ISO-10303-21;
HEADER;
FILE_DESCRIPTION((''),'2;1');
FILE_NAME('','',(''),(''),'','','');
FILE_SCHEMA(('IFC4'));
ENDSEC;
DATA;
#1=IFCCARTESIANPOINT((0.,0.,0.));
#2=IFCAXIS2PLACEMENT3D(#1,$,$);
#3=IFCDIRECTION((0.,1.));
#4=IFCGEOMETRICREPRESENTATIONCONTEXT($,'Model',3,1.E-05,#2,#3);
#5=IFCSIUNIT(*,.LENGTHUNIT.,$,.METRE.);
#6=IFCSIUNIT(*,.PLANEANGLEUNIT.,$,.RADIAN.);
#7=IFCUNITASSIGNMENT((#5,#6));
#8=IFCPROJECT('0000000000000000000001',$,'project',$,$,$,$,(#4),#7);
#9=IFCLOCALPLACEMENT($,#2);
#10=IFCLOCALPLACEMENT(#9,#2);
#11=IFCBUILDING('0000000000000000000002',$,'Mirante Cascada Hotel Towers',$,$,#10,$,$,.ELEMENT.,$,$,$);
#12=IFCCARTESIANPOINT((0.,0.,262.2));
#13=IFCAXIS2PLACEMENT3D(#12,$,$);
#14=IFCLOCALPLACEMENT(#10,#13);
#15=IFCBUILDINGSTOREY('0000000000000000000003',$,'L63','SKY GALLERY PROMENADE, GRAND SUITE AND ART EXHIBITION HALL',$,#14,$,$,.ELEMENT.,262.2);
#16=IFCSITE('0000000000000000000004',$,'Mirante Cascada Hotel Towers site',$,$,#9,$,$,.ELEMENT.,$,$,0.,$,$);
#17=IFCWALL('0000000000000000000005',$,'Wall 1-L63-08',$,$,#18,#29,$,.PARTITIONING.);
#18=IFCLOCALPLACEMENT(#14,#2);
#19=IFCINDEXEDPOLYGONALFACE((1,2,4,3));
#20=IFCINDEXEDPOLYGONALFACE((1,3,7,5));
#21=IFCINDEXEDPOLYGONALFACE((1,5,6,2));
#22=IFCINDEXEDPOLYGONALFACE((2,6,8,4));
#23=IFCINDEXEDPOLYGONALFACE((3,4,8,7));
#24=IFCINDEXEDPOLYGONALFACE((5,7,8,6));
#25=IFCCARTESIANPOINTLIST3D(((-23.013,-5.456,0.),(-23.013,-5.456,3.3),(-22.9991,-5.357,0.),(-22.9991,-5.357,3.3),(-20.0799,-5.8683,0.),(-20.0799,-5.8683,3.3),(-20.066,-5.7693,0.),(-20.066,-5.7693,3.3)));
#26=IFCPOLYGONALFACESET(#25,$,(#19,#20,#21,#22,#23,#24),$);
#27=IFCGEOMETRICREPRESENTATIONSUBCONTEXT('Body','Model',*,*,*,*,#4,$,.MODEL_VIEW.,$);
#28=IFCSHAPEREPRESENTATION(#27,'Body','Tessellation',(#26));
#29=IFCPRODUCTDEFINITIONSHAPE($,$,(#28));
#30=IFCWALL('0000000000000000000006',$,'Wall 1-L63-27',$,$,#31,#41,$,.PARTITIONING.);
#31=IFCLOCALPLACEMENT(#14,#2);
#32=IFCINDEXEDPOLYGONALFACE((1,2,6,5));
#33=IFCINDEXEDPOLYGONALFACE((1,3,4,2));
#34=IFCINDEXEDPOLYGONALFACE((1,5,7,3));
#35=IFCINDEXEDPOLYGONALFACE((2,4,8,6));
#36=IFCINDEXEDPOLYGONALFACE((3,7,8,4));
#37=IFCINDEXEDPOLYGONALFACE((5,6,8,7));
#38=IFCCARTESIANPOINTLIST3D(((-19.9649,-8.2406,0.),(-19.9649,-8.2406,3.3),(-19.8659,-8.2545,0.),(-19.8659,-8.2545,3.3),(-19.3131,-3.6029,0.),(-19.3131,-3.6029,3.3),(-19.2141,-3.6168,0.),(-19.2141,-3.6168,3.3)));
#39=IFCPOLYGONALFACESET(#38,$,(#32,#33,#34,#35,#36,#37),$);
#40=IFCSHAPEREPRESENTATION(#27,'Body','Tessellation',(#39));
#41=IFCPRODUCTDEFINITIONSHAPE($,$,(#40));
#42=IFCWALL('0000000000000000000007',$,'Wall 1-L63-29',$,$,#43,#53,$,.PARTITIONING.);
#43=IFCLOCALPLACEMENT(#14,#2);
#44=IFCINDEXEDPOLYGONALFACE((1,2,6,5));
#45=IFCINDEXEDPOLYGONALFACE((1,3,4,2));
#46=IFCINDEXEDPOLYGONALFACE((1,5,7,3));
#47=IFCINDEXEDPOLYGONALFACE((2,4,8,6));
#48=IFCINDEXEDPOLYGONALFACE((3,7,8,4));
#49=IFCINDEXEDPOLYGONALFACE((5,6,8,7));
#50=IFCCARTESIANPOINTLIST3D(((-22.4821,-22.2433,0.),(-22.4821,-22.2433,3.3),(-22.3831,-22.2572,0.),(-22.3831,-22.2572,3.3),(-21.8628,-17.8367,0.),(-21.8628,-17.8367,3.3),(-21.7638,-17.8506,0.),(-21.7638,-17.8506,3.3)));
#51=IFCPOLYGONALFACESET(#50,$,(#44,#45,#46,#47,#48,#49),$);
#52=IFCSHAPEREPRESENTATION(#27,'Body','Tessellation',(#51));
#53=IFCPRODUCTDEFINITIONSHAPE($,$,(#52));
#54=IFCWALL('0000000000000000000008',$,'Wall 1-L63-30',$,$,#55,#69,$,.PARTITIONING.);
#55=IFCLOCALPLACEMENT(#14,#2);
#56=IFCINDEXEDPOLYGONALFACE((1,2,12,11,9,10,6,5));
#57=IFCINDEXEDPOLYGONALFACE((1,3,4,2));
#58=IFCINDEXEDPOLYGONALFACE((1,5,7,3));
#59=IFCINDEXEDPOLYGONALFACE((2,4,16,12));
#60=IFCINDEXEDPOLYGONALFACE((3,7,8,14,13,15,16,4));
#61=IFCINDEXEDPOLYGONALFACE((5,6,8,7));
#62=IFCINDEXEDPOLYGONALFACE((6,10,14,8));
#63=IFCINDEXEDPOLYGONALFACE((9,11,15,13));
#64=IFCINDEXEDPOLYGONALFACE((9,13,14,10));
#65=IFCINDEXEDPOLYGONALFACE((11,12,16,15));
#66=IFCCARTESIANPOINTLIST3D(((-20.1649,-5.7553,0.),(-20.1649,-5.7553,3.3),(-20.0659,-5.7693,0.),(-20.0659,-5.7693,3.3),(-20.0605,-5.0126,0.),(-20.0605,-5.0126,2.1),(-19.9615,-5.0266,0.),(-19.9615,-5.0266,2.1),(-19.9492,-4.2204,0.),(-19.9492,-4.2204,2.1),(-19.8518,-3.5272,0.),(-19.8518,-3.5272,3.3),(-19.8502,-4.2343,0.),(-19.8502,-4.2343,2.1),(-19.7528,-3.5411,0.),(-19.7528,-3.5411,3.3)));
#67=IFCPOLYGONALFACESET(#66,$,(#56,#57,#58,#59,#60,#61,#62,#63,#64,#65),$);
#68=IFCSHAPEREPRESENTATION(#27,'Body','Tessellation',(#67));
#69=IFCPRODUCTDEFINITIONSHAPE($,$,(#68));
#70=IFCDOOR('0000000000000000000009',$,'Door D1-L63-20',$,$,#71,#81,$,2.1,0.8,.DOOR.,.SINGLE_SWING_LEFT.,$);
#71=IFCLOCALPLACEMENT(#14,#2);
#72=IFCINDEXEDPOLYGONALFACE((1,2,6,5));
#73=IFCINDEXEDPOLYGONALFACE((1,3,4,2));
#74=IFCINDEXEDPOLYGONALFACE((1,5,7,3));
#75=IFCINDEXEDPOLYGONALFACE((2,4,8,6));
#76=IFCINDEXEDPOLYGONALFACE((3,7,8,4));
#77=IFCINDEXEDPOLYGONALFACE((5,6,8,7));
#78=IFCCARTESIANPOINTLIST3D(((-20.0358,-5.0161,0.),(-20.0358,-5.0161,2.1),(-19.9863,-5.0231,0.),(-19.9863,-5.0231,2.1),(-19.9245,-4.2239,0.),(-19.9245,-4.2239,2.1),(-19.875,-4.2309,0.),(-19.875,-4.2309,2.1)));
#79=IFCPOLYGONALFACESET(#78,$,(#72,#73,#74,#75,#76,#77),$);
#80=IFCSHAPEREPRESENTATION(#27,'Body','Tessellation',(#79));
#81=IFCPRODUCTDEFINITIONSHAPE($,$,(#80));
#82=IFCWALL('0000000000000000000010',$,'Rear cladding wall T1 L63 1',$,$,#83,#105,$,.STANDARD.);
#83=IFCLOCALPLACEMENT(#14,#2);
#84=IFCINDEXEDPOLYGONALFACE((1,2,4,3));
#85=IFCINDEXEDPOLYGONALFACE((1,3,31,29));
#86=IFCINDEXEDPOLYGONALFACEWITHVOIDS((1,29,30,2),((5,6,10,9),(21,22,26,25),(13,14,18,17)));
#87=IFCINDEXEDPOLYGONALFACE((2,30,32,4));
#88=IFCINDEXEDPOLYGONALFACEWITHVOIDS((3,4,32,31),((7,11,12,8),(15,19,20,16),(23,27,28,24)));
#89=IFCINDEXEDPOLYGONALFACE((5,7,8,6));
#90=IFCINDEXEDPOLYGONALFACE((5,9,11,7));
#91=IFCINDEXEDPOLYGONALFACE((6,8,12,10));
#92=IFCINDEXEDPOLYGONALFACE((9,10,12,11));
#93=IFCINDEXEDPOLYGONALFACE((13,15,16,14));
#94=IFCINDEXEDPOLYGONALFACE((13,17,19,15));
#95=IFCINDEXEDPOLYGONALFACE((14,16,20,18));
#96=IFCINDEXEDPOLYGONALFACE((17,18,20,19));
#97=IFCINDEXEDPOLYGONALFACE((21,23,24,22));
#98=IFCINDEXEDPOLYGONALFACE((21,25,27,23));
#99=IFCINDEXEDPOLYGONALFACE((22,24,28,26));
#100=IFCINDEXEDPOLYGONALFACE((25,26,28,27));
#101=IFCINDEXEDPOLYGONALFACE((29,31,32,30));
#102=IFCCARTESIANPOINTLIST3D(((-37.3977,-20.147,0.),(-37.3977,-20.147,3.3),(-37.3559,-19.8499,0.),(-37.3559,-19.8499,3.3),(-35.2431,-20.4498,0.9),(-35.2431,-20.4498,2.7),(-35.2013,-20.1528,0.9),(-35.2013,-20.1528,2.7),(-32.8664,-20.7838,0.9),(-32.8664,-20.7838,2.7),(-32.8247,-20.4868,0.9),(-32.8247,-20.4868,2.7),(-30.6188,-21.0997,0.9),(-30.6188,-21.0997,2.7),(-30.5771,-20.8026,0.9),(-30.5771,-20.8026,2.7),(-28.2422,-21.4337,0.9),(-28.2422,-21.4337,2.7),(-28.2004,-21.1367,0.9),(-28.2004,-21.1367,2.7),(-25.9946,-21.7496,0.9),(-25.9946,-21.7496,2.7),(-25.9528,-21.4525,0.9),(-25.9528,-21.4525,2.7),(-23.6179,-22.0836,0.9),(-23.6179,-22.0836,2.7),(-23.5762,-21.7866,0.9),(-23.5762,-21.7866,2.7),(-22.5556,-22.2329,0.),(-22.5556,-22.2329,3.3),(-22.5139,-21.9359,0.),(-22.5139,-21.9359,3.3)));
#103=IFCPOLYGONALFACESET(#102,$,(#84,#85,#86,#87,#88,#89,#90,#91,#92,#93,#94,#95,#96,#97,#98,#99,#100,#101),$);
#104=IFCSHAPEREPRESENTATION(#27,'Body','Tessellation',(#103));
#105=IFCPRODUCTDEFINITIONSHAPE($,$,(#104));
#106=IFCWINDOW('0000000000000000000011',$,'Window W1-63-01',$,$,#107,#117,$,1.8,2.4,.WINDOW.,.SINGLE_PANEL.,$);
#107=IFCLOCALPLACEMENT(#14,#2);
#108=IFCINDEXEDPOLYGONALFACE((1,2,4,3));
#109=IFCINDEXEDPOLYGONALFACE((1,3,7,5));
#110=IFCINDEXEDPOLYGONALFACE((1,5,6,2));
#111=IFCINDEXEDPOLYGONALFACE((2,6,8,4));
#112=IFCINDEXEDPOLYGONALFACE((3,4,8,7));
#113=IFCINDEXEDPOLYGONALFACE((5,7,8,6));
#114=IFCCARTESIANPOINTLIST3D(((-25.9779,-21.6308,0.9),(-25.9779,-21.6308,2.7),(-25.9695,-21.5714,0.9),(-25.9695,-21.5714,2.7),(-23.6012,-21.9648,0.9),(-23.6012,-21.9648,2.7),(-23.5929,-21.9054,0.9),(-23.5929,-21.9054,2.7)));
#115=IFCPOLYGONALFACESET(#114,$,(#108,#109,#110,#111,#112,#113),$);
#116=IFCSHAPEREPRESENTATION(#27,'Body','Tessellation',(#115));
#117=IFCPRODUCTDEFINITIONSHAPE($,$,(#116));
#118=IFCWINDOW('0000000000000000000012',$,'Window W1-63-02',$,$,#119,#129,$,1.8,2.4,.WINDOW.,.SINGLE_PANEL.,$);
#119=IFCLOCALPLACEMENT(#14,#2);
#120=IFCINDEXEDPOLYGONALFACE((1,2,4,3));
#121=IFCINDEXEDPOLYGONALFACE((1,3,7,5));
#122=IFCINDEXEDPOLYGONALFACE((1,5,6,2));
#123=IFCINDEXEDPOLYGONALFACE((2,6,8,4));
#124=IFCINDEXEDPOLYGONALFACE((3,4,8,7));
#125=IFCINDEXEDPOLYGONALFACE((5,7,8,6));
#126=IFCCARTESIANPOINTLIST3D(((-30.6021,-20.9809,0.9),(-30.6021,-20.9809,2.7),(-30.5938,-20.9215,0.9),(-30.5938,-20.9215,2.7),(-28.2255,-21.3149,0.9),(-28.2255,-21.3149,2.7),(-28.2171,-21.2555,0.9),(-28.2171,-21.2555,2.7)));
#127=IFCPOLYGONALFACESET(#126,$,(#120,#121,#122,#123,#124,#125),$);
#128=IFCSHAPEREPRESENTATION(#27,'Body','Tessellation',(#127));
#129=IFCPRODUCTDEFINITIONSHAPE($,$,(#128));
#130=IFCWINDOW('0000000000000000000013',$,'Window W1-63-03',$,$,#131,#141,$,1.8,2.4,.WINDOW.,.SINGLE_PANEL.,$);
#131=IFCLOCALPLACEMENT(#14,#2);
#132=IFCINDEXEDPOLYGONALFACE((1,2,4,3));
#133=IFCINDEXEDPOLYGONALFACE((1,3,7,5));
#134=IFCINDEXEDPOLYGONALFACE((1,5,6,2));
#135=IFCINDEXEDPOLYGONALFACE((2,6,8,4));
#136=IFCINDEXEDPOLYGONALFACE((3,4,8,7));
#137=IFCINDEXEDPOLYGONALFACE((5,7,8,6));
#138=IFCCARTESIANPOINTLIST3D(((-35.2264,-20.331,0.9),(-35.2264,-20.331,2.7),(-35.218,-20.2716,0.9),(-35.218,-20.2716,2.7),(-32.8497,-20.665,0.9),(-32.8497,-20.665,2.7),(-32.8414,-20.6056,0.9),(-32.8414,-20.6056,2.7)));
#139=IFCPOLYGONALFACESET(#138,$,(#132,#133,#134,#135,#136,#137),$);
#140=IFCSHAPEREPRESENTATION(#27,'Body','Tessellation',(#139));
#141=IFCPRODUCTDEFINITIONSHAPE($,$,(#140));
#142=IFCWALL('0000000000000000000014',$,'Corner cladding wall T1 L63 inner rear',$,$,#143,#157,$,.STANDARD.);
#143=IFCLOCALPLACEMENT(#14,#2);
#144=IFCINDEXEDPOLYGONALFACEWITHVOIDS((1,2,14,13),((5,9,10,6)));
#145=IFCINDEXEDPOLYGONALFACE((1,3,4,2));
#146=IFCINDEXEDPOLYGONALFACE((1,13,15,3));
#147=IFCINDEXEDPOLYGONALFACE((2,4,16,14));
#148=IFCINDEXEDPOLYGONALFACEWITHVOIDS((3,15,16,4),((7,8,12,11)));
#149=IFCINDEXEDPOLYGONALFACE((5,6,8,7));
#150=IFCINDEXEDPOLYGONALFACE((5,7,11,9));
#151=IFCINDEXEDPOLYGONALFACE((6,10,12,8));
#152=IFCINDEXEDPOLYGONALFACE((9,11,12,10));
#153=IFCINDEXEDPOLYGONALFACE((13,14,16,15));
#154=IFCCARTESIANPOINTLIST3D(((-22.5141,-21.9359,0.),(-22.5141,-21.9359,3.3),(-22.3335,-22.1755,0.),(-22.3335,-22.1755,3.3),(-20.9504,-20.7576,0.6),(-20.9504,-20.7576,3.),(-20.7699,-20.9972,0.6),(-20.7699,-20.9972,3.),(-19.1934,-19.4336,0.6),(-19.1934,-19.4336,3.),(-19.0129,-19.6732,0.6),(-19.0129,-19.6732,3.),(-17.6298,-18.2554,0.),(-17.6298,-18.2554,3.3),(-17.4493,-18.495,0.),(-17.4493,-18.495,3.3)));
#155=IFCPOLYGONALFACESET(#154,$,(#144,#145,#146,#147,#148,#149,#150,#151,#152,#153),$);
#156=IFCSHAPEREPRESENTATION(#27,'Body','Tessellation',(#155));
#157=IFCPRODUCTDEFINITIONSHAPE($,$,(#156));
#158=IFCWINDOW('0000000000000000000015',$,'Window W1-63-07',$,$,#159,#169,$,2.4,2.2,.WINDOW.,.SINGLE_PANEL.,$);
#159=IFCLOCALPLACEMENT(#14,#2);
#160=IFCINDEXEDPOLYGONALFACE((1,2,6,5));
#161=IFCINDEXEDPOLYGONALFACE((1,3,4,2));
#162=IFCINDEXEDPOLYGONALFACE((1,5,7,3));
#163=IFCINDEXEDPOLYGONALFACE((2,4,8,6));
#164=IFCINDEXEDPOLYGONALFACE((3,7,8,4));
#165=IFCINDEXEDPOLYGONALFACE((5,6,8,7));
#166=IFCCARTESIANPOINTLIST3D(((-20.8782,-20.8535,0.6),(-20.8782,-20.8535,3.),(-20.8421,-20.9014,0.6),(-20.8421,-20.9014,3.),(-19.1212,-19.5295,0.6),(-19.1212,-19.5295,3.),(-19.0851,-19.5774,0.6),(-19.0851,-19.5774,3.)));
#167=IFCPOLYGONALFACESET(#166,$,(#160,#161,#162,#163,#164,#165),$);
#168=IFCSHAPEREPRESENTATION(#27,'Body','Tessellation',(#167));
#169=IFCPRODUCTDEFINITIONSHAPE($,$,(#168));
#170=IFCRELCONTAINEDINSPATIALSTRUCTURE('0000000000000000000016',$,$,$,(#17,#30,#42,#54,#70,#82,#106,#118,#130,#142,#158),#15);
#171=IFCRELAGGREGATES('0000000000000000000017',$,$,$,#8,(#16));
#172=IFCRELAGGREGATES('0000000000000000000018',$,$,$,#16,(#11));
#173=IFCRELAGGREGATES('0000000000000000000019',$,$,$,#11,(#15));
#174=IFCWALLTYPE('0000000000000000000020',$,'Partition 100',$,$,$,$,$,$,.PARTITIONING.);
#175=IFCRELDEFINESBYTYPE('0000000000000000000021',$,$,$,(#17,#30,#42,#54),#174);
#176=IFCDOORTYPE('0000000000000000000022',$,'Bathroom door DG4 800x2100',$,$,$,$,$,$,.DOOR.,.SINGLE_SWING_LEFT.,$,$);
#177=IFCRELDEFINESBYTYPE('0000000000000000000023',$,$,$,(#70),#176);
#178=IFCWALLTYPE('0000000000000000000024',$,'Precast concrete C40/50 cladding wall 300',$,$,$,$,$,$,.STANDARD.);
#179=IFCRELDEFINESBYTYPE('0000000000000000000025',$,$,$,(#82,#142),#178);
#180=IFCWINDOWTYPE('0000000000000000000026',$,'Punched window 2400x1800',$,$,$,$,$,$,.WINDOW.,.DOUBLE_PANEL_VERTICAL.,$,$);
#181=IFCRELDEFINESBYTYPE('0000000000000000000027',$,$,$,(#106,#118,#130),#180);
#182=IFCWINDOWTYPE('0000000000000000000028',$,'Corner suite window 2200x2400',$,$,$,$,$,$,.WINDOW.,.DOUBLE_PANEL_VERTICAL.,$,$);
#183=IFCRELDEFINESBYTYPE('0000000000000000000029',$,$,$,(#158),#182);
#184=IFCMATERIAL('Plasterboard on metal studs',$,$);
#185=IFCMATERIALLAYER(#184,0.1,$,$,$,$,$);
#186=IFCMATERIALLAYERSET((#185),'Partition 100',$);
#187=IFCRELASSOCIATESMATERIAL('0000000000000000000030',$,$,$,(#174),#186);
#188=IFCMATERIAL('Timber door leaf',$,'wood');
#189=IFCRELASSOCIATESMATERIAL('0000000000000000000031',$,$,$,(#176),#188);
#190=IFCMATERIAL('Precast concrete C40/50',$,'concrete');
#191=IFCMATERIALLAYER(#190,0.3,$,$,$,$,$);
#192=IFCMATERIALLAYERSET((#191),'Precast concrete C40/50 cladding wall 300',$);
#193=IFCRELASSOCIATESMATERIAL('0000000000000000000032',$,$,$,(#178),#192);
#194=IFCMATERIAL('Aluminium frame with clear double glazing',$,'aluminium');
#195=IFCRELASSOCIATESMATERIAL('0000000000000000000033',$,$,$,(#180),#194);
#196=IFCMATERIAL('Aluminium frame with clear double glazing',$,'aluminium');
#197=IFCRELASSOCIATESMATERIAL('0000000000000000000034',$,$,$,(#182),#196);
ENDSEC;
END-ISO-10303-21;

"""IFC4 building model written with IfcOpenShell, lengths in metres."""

from ifc_helpers import new_model, si_unit, direction, frame, frame_2d, origin, place, context, subcontext, project, spatial, rectangle, extrude, material, layer, layer_set, type_object, element, fill, save


model = new_model("IFC4")

# Units and contexts
model_context = context("Model", 3, precision=1e-05, world=origin(), true_north=direction((0.0, 1.0)))
body_context = subcontext(model_context, "Body", "Model", "MODEL_VIEW")
ifc_project = project(units=[si_unit("LENGTHUNIT", "METRE"), si_unit("PLANEANGLEUNIT", "RADIAN")], contexts=[model_context])

# Site, building, storey
site_placement = place(None, origin())
site = spatial("IfcSite", under=ifc_project, at=site_placement, Name="Mirante Cascada Hotel Towers site", CompositionType="ELEMENT", RefElevation=0.0)
building_placement = place(site_placement, origin())
building = spatial("IfcBuilding", under=site, at=building_placement, Name="Mirante Cascada Hotel Towers", CompositionType="ELEMENT")
storey_placement = place(building_placement, frame((0.0, 0.0, 262.2)))
storey = spatial("IfcBuildingStorey", under=building, at=storey_placement, Name="L63", Description="SKY GALLERY PROMENADE, GRAND SUITE AND ART EXHIBITION HALL", CompositionType="ELEMENT", Elevation=262.2)

# Shared definitions
ifc_material_1 = material(Name="Plasterboard on metal studs")
ifc_layer_1 = layer(ifc_material_1, 0.1)
ifc_layer_set_1 = layer_set([ifc_layer_1], Name="Partition 100")
wall_type_1 = type_object("IfcWallType", Name="Partition 100", PredefinedType="PARTITIONING", material=ifc_layer_set_1)

# Walls
wall_1_placement = place(storey_placement, frame((-20.0729, -5.8188, 0.0), z_axis=(0.0, 0.0, 1.0), x_axis=(-0.990264, 0.1392, 0.0)))
element("IfcWall", 1, at=wall_1_placement, inside=storey, type_object=wall_type_1, Name="Wall 1-L63-08", PredefinedType="PARTITIONING", context=body_context, shape_type="SweptSolid", body=[
    extrude(rectangle(XDim=2.9619, YDim=0.1, at=frame_2d((1.481, 0.0))), origin(), (0.0, 0.0, 1.0), 3.3),
])
wall_2_placement = place(storey_placement, frame((-19.2636, -3.6099, 0.0), z_axis=(0.0, 0.0, 1.0), x_axis=(-0.139176, -0.990268, 0.0)))
element("IfcWall", 2, at=wall_2_placement, inside=storey, type_object=wall_type_1, Name="Wall 1-L63-27", PredefinedType="PARTITIONING", context=body_context, shape_type="SweptSolid", body=[
    extrude(rectangle(XDim=4.6833, YDim=0.1, at=frame_2d((2.3416, 0.0))), origin(), (0.0, 0.0, 1.0), 3.3),
])
wall_3_placement = place(storey_placement, frame((-21.8133, -17.8436, 0.0), z_axis=(0.0, 0.0, 1.0), x_axis=(-0.139172, -0.990268, 0.0)))
element("IfcWall", 3, at=wall_3_placement, inside=storey, type_object=wall_type_1, Name="Wall 1-L63-29", PredefinedType="PARTITIONING", context=body_context, shape_type="SweptSolid", body=[
    extrude(rectangle(XDim=4.4499, YDim=0.1, at=frame_2d((2.225, 0.0))), origin(), (0.0, 0.0, 1.0), 3.3),
])

# Wall, opening, door
wall_4_placement = place(storey_placement, frame((-20.1154, -5.7623, 0.0), z_axis=(0.0, 0.0, 1.0), x_axis=(0.139156, 0.990271, 0.0)))
wall_4 = element("IfcWall", 4, at=wall_4_placement, inside=storey, type_object=wall_type_1, Name="Wall 1-L63-30", PredefinedType="PARTITIONING", context=body_context, shape_type="SweptSolid", body=[
    extrude(rectangle(XDim=2.25, YDim=0.1, at=frame_2d((1.125, 0.0))), origin(), (0.0, 0.0, 1.0), 3.3),
])
opening_1_placement = place(wall_4_placement, frame((0.75, 0.0, 0.0)))
opening_1 = element("IfcOpeningElement", 5, at=opening_1_placement, cuts=wall_4, PredefinedType="OPENING", context=body_context, shape_type="SweptSolid", body=[
    extrude(rectangle(XDim=0.8, YDim=2.1, at=frame_2d((0.4, 1.05))), frame((0.0, 0.05, 0.0), z_axis=(0.0, -1.0, 0.0), x_axis=(1.0, 0.0, 0.0)), (0.0, 0.0, 1.0), 0.1),
])
ifc_material_2 = material(Name="Timber door leaf", Category="wood")
door_type_1 = type_object("IfcDoorType", Name="Bathroom door DG4 800x2100", OperationType="SINGLE_SWING_LEFT", PredefinedType="DOOR", material=ifc_material_2)
door_1_placement = place(opening_1_placement, origin())
door_1 = element("IfcDoor", 6, at=door_1_placement, inside=storey, type_object=door_type_1, Name="Door D1-L63-20", OperationType="SINGLE_SWING_LEFT", OverallHeight=2.1, OverallWidth=0.8, PredefinedType="DOOR", context=body_context, shape_type="SweptSolid", body=[
    extrude(rectangle(XDim=0.8, YDim=2.1, at=frame_2d((0.4, 1.05))), frame((0.0, 0.025, 0.0), z_axis=(0.0, -1.0, 0.0), x_axis=(1.0, 0.0, 0.0)), (0.0, 0.0, 1.0), 0.05),
])
fill(opening_1, door_1)

# Wall, openings, windows
ifc_material_3 = material(Name="Precast concrete C40/50", Category="concrete")
ifc_layer_2 = layer(ifc_material_3, 0.3)
ifc_layer_set_2 = layer_set([ifc_layer_2], Name="Precast concrete C40/50 cladding wall 300")
wall_type_2 = type_object("IfcWallType", Name="Precast concrete C40/50 cladding wall 300", PredefinedType="STANDARD", material=ifc_layer_set_2)
wall_5_placement = place(storey_placement, frame((-22.5347, -22.0844, 0.0), z_axis=(0.0, 0.0, 1.0), x_axis=(-0.990268, 0.139173, 0.0)))
wall_5 = element("IfcWall", 7, at=wall_5_placement, inside=storey, type_object=wall_type_2, Name="Rear cladding wall T1 L63 1", PredefinedType="STANDARD", context=body_context, shape_type="SweptSolid", body=[
    extrude(rectangle(XDim=14.9879, YDim=0.3, at=frame_2d((7.494, 0.0))), origin(), (0.0, 0.0, 1.0), 3.3),
])
opening_2_placement = place(wall_5_placement, frame((1.0728, 0.0, 0.9)))
opening_2 = element("IfcOpeningElement", 8, at=opening_2_placement, cuts=wall_5, PredefinedType="OPENING", context=body_context, shape_type="SweptSolid", body=[
    extrude(rectangle(XDim=2.4, YDim=1.8, at=frame_2d((1.2, 0.9))), frame((0.0, 0.15, 0.0), z_axis=(0.0, -1.0, 0.0), x_axis=(1.0, 0.0, 0.0)), (0.0, 0.0, 1.0), 0.3),
])
opening_3_placement = place(wall_5_placement, frame((5.7425, 0.0, 0.9)))
opening_3 = element("IfcOpeningElement", 9, at=opening_3_placement, cuts=wall_5, PredefinedType="OPENING", context=body_context, shape_type="SweptSolid", body=[
    extrude(rectangle(XDim=2.4, YDim=1.8, at=frame_2d((1.2, 0.9))), frame((0.0, 0.15, 0.0), z_axis=(0.0, -1.0, 0.0), x_axis=(1.0, 0.0, 0.0)), (0.0, 0.0, 1.0), 0.3),
])
opening_4_placement = place(wall_5_placement, frame((10.4122, 0.0, 0.9)))
opening_4 = element("IfcOpeningElement", 10, at=opening_4_placement, cuts=wall_5, PredefinedType="OPENING", context=body_context, shape_type="SweptSolid", body=[
    extrude(rectangle(XDim=2.4, YDim=1.8, at=frame_2d((1.2, 0.9))), frame((0.0, 0.15, 0.0), z_axis=(0.0, -1.0, 0.0), x_axis=(1.0, 0.0, 0.0)), (0.0, 0.0, 1.0), 0.3),
])
ifc_material_4 = material(Name="Aluminium frame with clear double glazing", Category="aluminium")
window_type_1 = type_object("IfcWindowType", Name="Punched window 2400x1800", PartitioningType="DOUBLE_PANEL_VERTICAL", PredefinedType="WINDOW", material=ifc_material_4)
window_1_placement = place(opening_2_placement, origin())
window_1 = element("IfcWindow", 11, at=window_1_placement, inside=storey, type_object=window_type_1, Name="Window W1-63-01", OverallHeight=1.8, OverallWidth=2.4, PartitioningType="SINGLE_PANEL", PredefinedType="WINDOW", context=body_context, shape_type="SweptSolid", body=[
    extrude(rectangle(XDim=2.4, YDim=1.8, at=frame_2d((1.2, 0.9))), frame((0.0, 0.03, 0.0), z_axis=(0.0, -1.0, 0.0), x_axis=(1.0, 0.0, 0.0)), (0.0, 0.0, 1.0), 0.06),
])
fill(opening_2, window_1)
window_2_placement = place(opening_3_placement, origin())
window_2 = element("IfcWindow", 12, at=window_2_placement, inside=storey, type_object=window_type_1, Name="Window W1-63-02", OverallHeight=1.8, OverallWidth=2.4, PartitioningType="SINGLE_PANEL", PredefinedType="WINDOW", context=body_context, shape_type="SweptSolid", body=[
    extrude(rectangle(XDim=2.4, YDim=1.8, at=frame_2d((1.2, 0.9))), frame((0.0, 0.03, 0.0), z_axis=(0.0, -1.0, 0.0), x_axis=(1.0, 0.0, 0.0)), (0.0, 0.0, 1.0), 0.06),
])
fill(opening_3, window_2)
window_3_placement = place(opening_4_placement, origin())
window_3 = element("IfcWindow", 13, at=window_3_placement, inside=storey, type_object=window_type_1, Name="Window W1-63-03", OverallHeight=1.8, OverallWidth=2.4, PartitioningType="SINGLE_PANEL", PredefinedType="WINDOW", context=body_context, shape_type="SweptSolid", body=[
    extrude(rectangle(XDim=2.4, YDim=1.8, at=frame_2d((1.2, 0.9))), frame((0.0, 0.03, 0.0), z_axis=(0.0, -1.0, 0.0), x_axis=(1.0, 0.0, 0.0)), (0.0, 0.0, 1.0), 0.06),
])
fill(opening_4, window_3)

# Wall, opening, window
wall_6_placement = place(storey_placement, frame((-17.5396, -18.3752, 0.0), z_axis=(0.0, 0.0, 1.0), x_axis=(-0.798636, -0.601814, 0.0)))
wall_6 = element("IfcWall", 14, at=wall_6_placement, inside=storey, type_object=wall_type_2, Name="Corner cladding wall T1 L63 inner rear", PredefinedType="STANDARD", context=body_context, shape_type="SweptSolid", body=[
    extrude(rectangle(XDim=6.1157, YDim=0.3, at=frame_2d((3.0578, 0.0))), origin(), (0.0, 0.0, 1.0), 3.3),
])
opening_5_placement = place(wall_6_placement, frame((1.9578, 0.0, 0.6)))
opening_5 = element("IfcOpeningElement", 15, at=opening_5_placement, cuts=wall_6, PredefinedType="OPENING", context=body_context, shape_type="SweptSolid", body=[
    extrude(rectangle(XDim=2.2, YDim=2.4, at=frame_2d((1.1, 1.2))), frame((0.0, 0.15, 0.0), z_axis=(0.0, -1.0, 0.0), x_axis=(1.0, 0.0, 0.0)), (0.0, 0.0, 1.0), 0.3),
])
ifc_material_5 = material(Name="Aluminium frame with clear double glazing", Category="aluminium")
window_type_2 = type_object("IfcWindowType", Name="Corner suite window 2200x2400", PartitioningType="DOUBLE_PANEL_VERTICAL", PredefinedType="WINDOW", material=ifc_material_5)
window_4_placement = place(opening_5_placement, origin())
window_4 = element("IfcWindow", 16, at=window_4_placement, inside=storey, type_object=window_type_2, Name="Window W1-63-07", OverallHeight=2.4, OverallWidth=2.2, PartitioningType="SINGLE_PANEL", PredefinedType="WINDOW", context=body_context, shape_type="SweptSolid", body=[
    extrude(rectangle(XDim=2.2, YDim=2.4, at=frame_2d((1.1, 1.2))), frame((0.0, 0.03, 0.0), z_axis=(0.0, -1.0, 0.0), x_axis=(1.0, 0.0, 0.0)), (0.0, 0.0, 1.0), 0.06),
])
fill(opening_5, window_4)

save(model, "model.ifc")
